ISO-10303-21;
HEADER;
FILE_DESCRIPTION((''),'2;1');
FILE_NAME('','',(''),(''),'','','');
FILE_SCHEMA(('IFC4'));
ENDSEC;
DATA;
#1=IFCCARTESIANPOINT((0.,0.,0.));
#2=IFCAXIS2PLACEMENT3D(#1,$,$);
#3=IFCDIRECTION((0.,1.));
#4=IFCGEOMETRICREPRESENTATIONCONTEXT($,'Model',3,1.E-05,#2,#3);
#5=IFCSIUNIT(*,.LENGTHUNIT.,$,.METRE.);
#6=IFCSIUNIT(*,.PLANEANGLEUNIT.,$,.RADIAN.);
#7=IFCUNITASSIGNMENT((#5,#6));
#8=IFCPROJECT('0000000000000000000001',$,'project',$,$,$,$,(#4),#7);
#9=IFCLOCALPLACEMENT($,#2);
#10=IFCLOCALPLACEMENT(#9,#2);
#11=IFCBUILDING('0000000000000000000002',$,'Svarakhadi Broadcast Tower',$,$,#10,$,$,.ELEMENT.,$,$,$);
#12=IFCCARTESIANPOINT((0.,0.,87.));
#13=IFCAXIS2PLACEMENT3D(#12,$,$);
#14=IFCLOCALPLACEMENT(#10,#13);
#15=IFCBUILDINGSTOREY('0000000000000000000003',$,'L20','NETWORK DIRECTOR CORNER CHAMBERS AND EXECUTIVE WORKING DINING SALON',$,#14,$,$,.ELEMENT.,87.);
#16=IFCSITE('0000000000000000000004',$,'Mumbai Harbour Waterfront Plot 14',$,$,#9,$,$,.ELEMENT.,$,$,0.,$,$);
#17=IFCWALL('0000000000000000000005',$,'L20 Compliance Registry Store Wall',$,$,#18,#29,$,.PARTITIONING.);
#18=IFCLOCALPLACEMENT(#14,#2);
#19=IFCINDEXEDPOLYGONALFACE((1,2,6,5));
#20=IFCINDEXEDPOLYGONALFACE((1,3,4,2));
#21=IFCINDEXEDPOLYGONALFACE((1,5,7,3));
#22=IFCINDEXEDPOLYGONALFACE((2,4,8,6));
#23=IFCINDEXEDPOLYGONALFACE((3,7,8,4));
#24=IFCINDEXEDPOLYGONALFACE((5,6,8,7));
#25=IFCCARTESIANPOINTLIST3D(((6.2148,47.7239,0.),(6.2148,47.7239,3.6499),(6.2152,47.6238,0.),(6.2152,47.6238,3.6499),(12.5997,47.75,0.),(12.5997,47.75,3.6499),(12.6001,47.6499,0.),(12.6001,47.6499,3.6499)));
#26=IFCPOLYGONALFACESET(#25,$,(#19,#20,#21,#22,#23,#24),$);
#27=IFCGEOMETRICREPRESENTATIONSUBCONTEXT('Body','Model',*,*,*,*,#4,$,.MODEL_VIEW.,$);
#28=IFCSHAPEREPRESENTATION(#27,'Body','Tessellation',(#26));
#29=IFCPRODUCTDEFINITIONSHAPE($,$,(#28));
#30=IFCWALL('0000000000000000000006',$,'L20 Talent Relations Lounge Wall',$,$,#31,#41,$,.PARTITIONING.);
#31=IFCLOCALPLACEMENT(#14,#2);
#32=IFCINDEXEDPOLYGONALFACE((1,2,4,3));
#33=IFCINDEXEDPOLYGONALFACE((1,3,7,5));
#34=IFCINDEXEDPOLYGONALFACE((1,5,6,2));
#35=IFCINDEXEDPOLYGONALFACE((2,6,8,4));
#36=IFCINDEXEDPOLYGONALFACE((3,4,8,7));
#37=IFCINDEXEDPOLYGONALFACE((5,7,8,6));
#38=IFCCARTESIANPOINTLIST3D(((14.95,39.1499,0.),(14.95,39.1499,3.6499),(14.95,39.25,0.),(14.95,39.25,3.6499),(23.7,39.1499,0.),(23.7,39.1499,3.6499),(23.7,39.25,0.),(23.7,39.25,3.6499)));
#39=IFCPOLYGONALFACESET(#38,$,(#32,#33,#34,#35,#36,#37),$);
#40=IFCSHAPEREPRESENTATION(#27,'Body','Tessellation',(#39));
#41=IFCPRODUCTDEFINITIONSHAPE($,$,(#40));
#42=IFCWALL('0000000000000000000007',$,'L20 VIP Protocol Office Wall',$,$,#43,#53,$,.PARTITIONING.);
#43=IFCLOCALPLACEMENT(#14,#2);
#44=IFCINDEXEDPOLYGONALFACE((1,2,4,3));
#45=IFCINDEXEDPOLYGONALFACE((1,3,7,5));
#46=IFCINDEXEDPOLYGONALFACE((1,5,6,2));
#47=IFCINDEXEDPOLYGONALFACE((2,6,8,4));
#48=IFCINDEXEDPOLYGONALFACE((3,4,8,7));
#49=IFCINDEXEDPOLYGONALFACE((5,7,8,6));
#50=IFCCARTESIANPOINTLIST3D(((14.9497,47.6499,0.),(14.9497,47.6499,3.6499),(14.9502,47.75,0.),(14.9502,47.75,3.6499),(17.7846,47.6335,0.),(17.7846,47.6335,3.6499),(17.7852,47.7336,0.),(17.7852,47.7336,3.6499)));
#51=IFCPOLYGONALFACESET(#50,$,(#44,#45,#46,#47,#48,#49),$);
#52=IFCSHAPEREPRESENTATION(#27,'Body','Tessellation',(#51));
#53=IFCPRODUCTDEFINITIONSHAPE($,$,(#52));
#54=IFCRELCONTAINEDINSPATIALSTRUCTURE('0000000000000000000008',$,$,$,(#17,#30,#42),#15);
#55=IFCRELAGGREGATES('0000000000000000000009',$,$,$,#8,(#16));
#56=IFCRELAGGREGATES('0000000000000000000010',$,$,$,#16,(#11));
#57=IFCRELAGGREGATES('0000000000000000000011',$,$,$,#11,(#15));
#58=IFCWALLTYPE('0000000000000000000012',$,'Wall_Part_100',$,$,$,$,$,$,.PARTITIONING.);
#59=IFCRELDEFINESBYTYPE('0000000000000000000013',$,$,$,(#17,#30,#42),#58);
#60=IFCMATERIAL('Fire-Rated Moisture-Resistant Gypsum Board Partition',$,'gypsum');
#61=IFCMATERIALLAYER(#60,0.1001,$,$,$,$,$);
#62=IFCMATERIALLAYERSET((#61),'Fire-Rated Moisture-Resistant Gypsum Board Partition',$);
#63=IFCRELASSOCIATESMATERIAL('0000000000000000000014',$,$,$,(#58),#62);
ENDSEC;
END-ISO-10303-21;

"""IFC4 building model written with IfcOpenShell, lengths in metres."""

from ifc_helpers import new_model, si_unit, direction, frame, frame_2d, origin, place, context, subcontext, project, spatial, rectangle, extrude, material, layer, layer_set, type_object, element, save


model = new_model("IFC4")

# Units and contexts
model_context = context("Model", 3, precision=1e-05, world=origin(), true_north=direction((0.0, 1.0)))
body_context = subcontext(model_context, "Body", "Model", "MODEL_VIEW")
ifc_project = project(units=[si_unit("LENGTHUNIT", "METRE"), si_unit("PLANEANGLEUNIT", "RADIAN")], contexts=[model_context])

# Site, building, storey
site_placement = place(None, origin())
site = spatial("IfcSite", under=ifc_project, at=site_placement, Name="Mumbai Harbour Waterfront Plot 14", CompositionType="ELEMENT", RefElevation=0.0)
building_placement = place(site_placement, origin())
building = spatial("IfcBuilding", under=site, at=building_placement, Name="Svarakhadi Broadcast Tower", CompositionType="ELEMENT")
storey_placement = place(building_placement, frame((0.0, 0.0, 87.0)))
storey = spatial("IfcBuildingStorey", under=building, at=storey_placement, Name="L20", Description="NETWORK DIRECTOR CORNER CHAMBERS AND EXECUTIVE WORKING DINING SALON", CompositionType="ELEMENT", Elevation=87.0)

# Walls
ifc_material_1 = material(Name="Fire-Rated Moisture-Resistant Gypsum Board Partition", Category="gypsum")
ifc_layer_1 = layer(ifc_material_1, 0.1001)
ifc_layer_set_1 = layer_set([ifc_layer_1], Name="Fire-Rated Moisture-Resistant Gypsum Board Partition")
wall_type_1 = type_object("IfcWallType", Name="Wall_Part_100", PredefinedType="PARTITIONING", material=ifc_layer_set_1)
wall_1_placement = place(storey_placement, frame((6.2151, 47.6738, 0.0), z_axis=(0.0, 0.0, 1.0), x_axis=(0.999992, 0.004091, 0.0)))
element("IfcWall", 1, at=wall_1_placement, inside=storey, type_object=wall_type_1, Name="L20 Compliance Registry Store Wall", PredefinedType="PARTITIONING", context=body_context, shape_type="SweptSolid", body=[
    extrude(rectangle(XDim=6.385, YDim=0.1001, at=frame_2d((3.1924, 0.0))), origin(), (0.0, 0.0, 1.0), 3.6499),
])
wall_2_placement = place(storey_placement, frame((14.95, 39.2, 0.0), z_axis=(0.0, 0.0, 1.0), x_axis=(1.0, 0.0, 0.0)))
element("IfcWall", 2, at=wall_2_placement, inside=storey, type_object=wall_type_1, Name="L20 Talent Relations Lounge Wall", PredefinedType="PARTITIONING", context=body_context, shape_type="SweptSolid", body=[
    extrude(rectangle(XDim=8.75, YDim=0.1001, at=frame_2d((4.375, 0.0))), origin(), (0.0, 0.0, 1.0), 3.6499),
])
wall_3_placement = place(storey_placement, frame((14.95, 47.7, 0.0), z_axis=(0.0, 0.0, 1.0), x_axis=(0.999983, -0.00577, 0.0)))
element("IfcWall", 3, at=wall_3_placement, inside=storey, type_object=wall_type_1, Name="L20 VIP Protocol Office Wall", PredefinedType="PARTITIONING", context=body_context, shape_type="SweptSolid", body=[
    extrude(rectangle(XDim=2.835, YDim=0.1001, at=frame_2d((1.4175, 0.0))), origin(), (0.0, 0.0, 1.0), 3.6499),
])

save(model, "model.ifc")
